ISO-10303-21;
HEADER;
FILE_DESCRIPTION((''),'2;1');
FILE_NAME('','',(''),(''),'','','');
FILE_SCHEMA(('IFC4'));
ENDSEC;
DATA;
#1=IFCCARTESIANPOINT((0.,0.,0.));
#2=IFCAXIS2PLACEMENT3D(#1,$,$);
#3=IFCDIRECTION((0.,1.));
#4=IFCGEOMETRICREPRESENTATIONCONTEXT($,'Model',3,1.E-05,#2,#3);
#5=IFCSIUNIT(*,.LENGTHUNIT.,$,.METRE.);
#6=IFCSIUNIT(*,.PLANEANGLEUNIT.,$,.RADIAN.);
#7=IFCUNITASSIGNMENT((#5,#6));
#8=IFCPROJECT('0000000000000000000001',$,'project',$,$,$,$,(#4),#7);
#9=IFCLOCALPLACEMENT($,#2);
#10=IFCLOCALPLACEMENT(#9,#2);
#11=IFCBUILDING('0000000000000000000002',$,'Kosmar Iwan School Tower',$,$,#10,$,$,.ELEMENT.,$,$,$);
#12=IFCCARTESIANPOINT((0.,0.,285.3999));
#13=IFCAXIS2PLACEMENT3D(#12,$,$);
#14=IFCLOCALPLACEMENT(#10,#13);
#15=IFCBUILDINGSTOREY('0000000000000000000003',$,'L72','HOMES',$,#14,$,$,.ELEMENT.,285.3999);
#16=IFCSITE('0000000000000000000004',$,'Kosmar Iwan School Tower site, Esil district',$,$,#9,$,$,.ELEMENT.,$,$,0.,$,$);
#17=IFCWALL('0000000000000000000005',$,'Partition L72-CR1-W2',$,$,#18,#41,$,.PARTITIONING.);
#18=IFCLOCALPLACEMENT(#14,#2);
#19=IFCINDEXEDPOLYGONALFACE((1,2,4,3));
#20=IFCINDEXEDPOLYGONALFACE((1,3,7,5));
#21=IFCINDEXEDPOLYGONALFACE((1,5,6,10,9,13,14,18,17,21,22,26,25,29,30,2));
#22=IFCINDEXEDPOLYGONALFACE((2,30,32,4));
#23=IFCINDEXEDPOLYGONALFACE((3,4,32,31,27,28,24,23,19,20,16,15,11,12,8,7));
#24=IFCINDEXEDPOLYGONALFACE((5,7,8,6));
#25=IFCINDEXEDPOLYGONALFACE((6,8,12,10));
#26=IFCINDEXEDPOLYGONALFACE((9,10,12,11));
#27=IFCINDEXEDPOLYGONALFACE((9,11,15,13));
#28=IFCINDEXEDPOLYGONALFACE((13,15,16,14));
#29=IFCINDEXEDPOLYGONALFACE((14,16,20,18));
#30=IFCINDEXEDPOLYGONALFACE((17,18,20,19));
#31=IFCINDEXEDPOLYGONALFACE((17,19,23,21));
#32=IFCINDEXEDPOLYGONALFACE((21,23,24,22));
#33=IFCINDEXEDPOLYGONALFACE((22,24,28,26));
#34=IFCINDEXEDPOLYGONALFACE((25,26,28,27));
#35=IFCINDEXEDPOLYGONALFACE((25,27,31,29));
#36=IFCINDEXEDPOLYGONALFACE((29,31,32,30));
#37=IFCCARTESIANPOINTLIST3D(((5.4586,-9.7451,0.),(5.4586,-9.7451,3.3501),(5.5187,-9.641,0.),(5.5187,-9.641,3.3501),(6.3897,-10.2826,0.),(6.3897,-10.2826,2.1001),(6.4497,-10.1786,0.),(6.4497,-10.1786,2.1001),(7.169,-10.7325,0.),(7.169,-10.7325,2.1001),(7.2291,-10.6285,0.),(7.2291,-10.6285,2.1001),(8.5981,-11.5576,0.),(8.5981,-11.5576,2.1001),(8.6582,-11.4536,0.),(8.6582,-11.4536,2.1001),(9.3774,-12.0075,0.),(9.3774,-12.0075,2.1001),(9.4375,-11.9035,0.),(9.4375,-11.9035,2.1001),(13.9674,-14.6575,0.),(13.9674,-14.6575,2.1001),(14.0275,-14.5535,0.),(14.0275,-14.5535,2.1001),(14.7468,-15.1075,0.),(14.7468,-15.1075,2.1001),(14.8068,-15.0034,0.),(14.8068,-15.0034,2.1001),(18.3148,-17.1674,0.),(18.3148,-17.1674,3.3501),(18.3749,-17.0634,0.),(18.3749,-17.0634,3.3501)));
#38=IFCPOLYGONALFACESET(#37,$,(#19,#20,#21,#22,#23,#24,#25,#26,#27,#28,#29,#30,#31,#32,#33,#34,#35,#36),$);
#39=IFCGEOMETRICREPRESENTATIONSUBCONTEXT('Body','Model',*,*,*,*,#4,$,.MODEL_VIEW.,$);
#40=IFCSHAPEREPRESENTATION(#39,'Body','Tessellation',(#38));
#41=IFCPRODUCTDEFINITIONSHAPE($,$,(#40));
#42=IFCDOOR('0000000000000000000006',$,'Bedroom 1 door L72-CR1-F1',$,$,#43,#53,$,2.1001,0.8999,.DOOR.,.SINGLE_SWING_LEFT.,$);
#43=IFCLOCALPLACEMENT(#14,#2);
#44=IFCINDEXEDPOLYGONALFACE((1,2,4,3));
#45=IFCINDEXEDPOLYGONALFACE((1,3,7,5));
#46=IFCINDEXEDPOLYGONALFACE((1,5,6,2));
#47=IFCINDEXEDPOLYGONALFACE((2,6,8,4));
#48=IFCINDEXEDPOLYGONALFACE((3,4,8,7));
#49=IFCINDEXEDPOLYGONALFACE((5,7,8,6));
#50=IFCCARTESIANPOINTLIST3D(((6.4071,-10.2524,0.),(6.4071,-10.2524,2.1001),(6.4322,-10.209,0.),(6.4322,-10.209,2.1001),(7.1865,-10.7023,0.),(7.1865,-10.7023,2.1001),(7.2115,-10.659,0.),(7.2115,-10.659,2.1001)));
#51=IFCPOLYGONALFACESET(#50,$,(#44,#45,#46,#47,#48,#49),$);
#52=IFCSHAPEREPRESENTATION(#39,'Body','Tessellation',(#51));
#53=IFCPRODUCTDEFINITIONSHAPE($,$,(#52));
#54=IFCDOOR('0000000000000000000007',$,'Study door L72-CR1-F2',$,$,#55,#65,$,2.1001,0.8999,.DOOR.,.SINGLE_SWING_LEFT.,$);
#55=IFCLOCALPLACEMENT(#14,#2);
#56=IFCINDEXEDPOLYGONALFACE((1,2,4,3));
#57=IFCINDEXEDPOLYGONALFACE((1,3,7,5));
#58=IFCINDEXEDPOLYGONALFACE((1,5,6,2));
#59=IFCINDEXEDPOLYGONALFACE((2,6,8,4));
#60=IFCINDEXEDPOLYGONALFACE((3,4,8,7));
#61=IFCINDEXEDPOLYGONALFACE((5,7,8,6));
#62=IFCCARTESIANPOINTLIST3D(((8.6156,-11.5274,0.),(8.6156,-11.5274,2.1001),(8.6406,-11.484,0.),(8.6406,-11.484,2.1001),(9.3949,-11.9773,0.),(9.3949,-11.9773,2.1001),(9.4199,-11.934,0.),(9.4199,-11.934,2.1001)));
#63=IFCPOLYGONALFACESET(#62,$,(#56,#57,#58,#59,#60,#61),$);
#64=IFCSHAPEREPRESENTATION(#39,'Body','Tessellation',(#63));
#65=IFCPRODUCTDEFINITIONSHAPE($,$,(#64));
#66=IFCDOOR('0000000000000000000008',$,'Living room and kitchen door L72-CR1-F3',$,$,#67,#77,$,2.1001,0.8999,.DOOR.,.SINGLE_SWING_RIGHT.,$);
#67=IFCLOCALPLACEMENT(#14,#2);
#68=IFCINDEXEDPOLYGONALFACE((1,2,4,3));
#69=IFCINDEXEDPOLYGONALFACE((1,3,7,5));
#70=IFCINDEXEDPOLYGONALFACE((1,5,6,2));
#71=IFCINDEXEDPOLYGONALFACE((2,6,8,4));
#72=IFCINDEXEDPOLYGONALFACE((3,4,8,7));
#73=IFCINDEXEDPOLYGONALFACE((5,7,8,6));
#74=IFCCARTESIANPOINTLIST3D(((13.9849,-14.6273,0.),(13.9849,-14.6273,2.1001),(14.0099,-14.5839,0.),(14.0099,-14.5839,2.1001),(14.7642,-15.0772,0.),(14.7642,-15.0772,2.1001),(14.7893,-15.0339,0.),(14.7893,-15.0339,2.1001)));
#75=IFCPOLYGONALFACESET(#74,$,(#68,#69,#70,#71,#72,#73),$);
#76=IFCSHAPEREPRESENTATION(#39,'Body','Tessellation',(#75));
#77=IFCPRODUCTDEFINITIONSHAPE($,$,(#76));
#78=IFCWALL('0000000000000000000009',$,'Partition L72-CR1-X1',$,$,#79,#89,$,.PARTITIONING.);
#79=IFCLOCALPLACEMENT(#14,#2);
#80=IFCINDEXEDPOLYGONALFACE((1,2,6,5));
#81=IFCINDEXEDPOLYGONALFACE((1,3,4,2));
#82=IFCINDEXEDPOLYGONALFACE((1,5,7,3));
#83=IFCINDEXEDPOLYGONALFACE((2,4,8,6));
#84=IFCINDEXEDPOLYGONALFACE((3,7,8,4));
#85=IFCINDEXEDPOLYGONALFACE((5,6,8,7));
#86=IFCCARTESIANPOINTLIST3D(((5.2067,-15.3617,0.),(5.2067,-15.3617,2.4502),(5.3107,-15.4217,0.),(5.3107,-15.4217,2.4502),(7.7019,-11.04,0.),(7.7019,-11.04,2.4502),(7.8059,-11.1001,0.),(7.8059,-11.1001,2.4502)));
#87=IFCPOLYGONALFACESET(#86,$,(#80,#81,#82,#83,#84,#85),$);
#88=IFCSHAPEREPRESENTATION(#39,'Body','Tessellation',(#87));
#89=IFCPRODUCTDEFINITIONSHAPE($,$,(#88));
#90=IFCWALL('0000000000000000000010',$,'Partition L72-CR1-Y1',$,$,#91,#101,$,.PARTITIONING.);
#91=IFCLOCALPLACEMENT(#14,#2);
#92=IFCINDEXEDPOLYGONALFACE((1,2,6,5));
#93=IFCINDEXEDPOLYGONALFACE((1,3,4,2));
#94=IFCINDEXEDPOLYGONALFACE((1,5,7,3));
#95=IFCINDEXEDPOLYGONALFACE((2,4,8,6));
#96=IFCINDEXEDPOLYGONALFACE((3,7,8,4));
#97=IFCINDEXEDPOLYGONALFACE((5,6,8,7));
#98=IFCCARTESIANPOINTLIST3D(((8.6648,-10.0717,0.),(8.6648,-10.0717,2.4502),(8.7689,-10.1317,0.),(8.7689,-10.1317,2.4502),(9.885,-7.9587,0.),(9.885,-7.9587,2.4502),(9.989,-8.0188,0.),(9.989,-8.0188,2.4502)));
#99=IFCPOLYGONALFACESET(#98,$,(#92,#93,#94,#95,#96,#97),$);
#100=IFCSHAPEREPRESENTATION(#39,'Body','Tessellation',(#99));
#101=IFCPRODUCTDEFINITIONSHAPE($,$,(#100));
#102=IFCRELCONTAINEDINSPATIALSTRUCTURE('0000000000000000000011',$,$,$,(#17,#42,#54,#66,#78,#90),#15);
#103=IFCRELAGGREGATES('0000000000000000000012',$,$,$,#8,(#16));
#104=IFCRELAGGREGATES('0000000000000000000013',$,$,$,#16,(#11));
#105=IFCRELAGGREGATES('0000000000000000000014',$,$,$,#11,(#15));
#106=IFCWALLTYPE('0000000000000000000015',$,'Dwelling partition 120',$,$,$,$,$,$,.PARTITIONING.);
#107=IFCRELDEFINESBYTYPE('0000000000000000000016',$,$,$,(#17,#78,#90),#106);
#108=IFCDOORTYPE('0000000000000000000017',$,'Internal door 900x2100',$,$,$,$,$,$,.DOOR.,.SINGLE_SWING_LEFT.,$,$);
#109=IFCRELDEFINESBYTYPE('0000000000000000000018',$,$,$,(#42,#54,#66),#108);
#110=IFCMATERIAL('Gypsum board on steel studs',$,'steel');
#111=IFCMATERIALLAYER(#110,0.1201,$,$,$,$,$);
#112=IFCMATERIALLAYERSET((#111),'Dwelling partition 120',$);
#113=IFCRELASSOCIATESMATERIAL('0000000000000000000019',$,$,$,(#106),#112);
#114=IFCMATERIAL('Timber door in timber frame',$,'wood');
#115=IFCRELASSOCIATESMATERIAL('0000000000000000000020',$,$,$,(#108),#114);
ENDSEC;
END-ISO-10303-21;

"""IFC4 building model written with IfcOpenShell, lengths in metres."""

from ifc_helpers import new_model, si_unit, direction, frame, frame_2d, origin, place, context, subcontext, project, spatial, rectangle, extrude, material, layer, layer_set, type_object, element, fill, save


model = new_model("IFC4")

# Units and contexts
model_context = context("Model", 3, precision=1e-05, world=origin(), true_north=direction((0.0, 1.0)))
body_context = subcontext(model_context, "Body", "Model", "MODEL_VIEW")
ifc_project = project(units=[si_unit("LENGTHUNIT", "METRE"), si_unit("PLANEANGLEUNIT", "RADIAN")], contexts=[model_context])

# Site, building, storey
site_placement = place(None, origin())
site = spatial("IfcSite", under=ifc_project, at=site_placement, Name="Kosmar Iwan School Tower site, Esil district", CompositionType="ELEMENT", RefElevation=0.0)
building_placement = place(site_placement, origin())
building = spatial("IfcBuilding", under=site, at=building_placement, Name="Kosmar Iwan School Tower", CompositionType="ELEMENT")
storey_placement = place(building_placement, frame((0.0, 0.0, 285.3999)))
storey = spatial("IfcBuildingStorey", under=building, at=storey_placement, Name="L72", Description="HOMES", CompositionType="ELEMENT", Elevation=285.3999)

# Wall, openings, doors
ifc_material_1 = material(Name="Gypsum board on steel studs", Category="steel")
ifc_layer_1 = layer(ifc_material_1, 0.1201)
ifc_layer_set_1 = layer_set([ifc_layer_1], Name="Dwelling partition 120")
wall_type_1 = type_object("IfcWallType", Name="Dwelling partition 120", PredefinedType="PARTITIONING", material=ifc_layer_set_1)
ifc_material_2 = material(Name="Timber door in timber frame", Category="wood")
door_type_1 = type_object("IfcDoorType", Name="Internal door 900x2100", OperationType="SINGLE_SWING_LEFT", PredefinedType="DOOR", material=ifc_material_2)
wall_1_placement = place(storey_placement, frame((5.4888, -9.6931, 0.0), z_axis=(0.0, 0.0, 1.0), x_axis=(0.86603, -0.499992, 0.0)))
wall_1 = element("IfcWall", 1, at=wall_1_placement, inside=storey, type_object=wall_type_1, Name="Partition L72-CR1-W2", PredefinedType="PARTITIONING", context=body_context, shape_type="SweptSolid", body=[
    extrude(rectangle(XDim=14.845, YDim=0.1201, at=frame_2d((7.4224, 0.0))), origin(), (0.0, 0.0, 1.0), 3.3501),
])
opening_1_placement = place(wall_1_placement, frame((1.075, 0.0, 0.0)))
opening_1 = element("IfcOpeningElement", 2, at=opening_1_placement, cuts=wall_1, PredefinedType="OPENING", context=body_context, shape_type="SweptSolid", body=[
    extrude(rectangle(XDim=0.8999, YDim=2.1001, at=frame_2d((0.45, 1.05))), frame((0.0, 0.072, 0.0), z_axis=(0.0, -1.0, 0.0), x_axis=(1.0, 0.0, 0.0)), (0.0, 0.0, 1.0), 0.144),
])
opening_2_placement = place(wall_1_placement, frame((3.625, 0.0, 0.0)))
opening_2 = element("IfcOpeningElement", 3, at=opening_2_placement, cuts=wall_1, PredefinedType="OPENING", context=body_context, shape_type="SweptSolid", body=[
    extrude(rectangle(XDim=0.8999, YDim=2.1001, at=frame_2d((0.45, 1.05))), frame((0.0, 0.072, 0.0), z_axis=(0.0, -1.0, 0.0), x_axis=(1.0, 0.0, 0.0)), (0.0, 0.0, 1.0), 0.144),
])
opening_3_placement = place(wall_1_placement, frame((9.825, 0.0, 0.0)))
opening_3 = element("IfcOpeningElement", 4, at=opening_3_placement, cuts=wall_1, PredefinedType="OPENING", context=body_context, shape_type="SweptSolid", body=[
    extrude(rectangle(XDim=0.8999, YDim=2.1001, at=frame_2d((0.45, 1.05))), frame((0.0, 0.072, 0.0), z_axis=(0.0, -1.0, 0.0), x_axis=(1.0, 0.0, 0.0)), (0.0, 0.0, 1.0), 0.144),
])
door_1_placement = place(opening_1_placement, origin())
door_1 = element("IfcDoor", 5, at=door_1_placement, inside=storey, type_object=door_type_1, Name="Bedroom 1 door L72-CR1-F1", OperationType="SINGLE_SWING_LEFT", OverallHeight=2.1001, OverallWidth=0.8999, PredefinedType="DOOR", context=body_context, shape_type="SweptSolid", body=[
    extrude(rectangle(XDim=0.8999, YDim=2.1001, at=frame_2d((0.45, 1.05))), frame((0.0, 0.0249, 0.0), z_axis=(0.0, -1.0, 0.0), x_axis=(1.0, 0.0, 0.0)), (0.0, 0.0, 1.0), 0.05),
])
fill(opening_1, door_1)
door_2_placement = place(opening_2_placement, origin())
door_2 = element("IfcDoor", 6, at=door_2_placement, inside=storey, type_object=door_type_1, Name="Study door L72-CR1-F2", OperationType="SINGLE_SWING_LEFT", OverallHeight=2.1001, OverallWidth=0.8999, PredefinedType="DOOR", context=body_context, shape_type="SweptSolid", body=[
    extrude(rectangle(XDim=0.8999, YDim=2.1001, at=frame_2d((0.45, 1.05))), frame((0.0, 0.0249, 0.0), z_axis=(0.0, -1.0, 0.0), x_axis=(1.0, 0.0, 0.0)), (0.0, 0.0, 1.0), 0.05),
])
fill(opening_2, door_2)
door_3_placement = place(opening_3_placement, origin())
door_3 = element("IfcDoor", 7, at=door_3_placement, inside=storey, type_object=door_type_1, Name="Living room and kitchen door L72-CR1-F3", OperationType="SINGLE_SWING_RIGHT", OverallHeight=2.1001, OverallWidth=0.8999, PredefinedType="DOOR", context=body_context, shape_type="SweptSolid", body=[
    extrude(rectangle(XDim=0.8999, YDim=2.1001, at=frame_2d((0.45, 1.05))), frame((0.0, 0.0249, 0.0), z_axis=(0.0, -1.0, 0.0), x_axis=(1.0, 0.0, 0.0)), (0.0, 0.0, 1.0), 0.05),
])
fill(opening_3, door_3)

# Walls
wall_2_placement = place(storey_placement, frame((7.7539, -11.0701, 0.0), z_axis=(0.0, 0.0, 1.0), x_axis=(-0.500012, -0.866019, 0.0)))
element("IfcWall", 8, at=wall_2_placement, inside=storey, type_object=wall_type_1, Name="Partition L72-CR1-X1", PredefinedType="PARTITIONING", context=body_context, shape_type="SweptSolid", body=[
    extrude(rectangle(XDim=4.9902, YDim=0.1201, at=frame_2d((2.4951, 0.0))), origin(), (0.0, 0.0, 1.0), 2.4502),
])
wall_3_placement = place(storey_placement, frame((9.937, -7.9888, 0.0), z_axis=(0.0, 0.0, 1.0), x_axis=(-0.500078, -0.865981, 0.0)))
element("IfcWall", 9, at=wall_3_placement, inside=storey, type_object=wall_type_1, Name="Partition L72-CR1-Y1", PredefinedType="PARTITIONING", context=body_context, shape_type="SweptSolid", body=[
    extrude(rectangle(XDim=2.4399, YDim=0.1201, at=frame_2d((1.22, 0.0))), origin(), (0.0, 0.0, 1.0), 2.4502),
])

save(model, "model.ifc")
